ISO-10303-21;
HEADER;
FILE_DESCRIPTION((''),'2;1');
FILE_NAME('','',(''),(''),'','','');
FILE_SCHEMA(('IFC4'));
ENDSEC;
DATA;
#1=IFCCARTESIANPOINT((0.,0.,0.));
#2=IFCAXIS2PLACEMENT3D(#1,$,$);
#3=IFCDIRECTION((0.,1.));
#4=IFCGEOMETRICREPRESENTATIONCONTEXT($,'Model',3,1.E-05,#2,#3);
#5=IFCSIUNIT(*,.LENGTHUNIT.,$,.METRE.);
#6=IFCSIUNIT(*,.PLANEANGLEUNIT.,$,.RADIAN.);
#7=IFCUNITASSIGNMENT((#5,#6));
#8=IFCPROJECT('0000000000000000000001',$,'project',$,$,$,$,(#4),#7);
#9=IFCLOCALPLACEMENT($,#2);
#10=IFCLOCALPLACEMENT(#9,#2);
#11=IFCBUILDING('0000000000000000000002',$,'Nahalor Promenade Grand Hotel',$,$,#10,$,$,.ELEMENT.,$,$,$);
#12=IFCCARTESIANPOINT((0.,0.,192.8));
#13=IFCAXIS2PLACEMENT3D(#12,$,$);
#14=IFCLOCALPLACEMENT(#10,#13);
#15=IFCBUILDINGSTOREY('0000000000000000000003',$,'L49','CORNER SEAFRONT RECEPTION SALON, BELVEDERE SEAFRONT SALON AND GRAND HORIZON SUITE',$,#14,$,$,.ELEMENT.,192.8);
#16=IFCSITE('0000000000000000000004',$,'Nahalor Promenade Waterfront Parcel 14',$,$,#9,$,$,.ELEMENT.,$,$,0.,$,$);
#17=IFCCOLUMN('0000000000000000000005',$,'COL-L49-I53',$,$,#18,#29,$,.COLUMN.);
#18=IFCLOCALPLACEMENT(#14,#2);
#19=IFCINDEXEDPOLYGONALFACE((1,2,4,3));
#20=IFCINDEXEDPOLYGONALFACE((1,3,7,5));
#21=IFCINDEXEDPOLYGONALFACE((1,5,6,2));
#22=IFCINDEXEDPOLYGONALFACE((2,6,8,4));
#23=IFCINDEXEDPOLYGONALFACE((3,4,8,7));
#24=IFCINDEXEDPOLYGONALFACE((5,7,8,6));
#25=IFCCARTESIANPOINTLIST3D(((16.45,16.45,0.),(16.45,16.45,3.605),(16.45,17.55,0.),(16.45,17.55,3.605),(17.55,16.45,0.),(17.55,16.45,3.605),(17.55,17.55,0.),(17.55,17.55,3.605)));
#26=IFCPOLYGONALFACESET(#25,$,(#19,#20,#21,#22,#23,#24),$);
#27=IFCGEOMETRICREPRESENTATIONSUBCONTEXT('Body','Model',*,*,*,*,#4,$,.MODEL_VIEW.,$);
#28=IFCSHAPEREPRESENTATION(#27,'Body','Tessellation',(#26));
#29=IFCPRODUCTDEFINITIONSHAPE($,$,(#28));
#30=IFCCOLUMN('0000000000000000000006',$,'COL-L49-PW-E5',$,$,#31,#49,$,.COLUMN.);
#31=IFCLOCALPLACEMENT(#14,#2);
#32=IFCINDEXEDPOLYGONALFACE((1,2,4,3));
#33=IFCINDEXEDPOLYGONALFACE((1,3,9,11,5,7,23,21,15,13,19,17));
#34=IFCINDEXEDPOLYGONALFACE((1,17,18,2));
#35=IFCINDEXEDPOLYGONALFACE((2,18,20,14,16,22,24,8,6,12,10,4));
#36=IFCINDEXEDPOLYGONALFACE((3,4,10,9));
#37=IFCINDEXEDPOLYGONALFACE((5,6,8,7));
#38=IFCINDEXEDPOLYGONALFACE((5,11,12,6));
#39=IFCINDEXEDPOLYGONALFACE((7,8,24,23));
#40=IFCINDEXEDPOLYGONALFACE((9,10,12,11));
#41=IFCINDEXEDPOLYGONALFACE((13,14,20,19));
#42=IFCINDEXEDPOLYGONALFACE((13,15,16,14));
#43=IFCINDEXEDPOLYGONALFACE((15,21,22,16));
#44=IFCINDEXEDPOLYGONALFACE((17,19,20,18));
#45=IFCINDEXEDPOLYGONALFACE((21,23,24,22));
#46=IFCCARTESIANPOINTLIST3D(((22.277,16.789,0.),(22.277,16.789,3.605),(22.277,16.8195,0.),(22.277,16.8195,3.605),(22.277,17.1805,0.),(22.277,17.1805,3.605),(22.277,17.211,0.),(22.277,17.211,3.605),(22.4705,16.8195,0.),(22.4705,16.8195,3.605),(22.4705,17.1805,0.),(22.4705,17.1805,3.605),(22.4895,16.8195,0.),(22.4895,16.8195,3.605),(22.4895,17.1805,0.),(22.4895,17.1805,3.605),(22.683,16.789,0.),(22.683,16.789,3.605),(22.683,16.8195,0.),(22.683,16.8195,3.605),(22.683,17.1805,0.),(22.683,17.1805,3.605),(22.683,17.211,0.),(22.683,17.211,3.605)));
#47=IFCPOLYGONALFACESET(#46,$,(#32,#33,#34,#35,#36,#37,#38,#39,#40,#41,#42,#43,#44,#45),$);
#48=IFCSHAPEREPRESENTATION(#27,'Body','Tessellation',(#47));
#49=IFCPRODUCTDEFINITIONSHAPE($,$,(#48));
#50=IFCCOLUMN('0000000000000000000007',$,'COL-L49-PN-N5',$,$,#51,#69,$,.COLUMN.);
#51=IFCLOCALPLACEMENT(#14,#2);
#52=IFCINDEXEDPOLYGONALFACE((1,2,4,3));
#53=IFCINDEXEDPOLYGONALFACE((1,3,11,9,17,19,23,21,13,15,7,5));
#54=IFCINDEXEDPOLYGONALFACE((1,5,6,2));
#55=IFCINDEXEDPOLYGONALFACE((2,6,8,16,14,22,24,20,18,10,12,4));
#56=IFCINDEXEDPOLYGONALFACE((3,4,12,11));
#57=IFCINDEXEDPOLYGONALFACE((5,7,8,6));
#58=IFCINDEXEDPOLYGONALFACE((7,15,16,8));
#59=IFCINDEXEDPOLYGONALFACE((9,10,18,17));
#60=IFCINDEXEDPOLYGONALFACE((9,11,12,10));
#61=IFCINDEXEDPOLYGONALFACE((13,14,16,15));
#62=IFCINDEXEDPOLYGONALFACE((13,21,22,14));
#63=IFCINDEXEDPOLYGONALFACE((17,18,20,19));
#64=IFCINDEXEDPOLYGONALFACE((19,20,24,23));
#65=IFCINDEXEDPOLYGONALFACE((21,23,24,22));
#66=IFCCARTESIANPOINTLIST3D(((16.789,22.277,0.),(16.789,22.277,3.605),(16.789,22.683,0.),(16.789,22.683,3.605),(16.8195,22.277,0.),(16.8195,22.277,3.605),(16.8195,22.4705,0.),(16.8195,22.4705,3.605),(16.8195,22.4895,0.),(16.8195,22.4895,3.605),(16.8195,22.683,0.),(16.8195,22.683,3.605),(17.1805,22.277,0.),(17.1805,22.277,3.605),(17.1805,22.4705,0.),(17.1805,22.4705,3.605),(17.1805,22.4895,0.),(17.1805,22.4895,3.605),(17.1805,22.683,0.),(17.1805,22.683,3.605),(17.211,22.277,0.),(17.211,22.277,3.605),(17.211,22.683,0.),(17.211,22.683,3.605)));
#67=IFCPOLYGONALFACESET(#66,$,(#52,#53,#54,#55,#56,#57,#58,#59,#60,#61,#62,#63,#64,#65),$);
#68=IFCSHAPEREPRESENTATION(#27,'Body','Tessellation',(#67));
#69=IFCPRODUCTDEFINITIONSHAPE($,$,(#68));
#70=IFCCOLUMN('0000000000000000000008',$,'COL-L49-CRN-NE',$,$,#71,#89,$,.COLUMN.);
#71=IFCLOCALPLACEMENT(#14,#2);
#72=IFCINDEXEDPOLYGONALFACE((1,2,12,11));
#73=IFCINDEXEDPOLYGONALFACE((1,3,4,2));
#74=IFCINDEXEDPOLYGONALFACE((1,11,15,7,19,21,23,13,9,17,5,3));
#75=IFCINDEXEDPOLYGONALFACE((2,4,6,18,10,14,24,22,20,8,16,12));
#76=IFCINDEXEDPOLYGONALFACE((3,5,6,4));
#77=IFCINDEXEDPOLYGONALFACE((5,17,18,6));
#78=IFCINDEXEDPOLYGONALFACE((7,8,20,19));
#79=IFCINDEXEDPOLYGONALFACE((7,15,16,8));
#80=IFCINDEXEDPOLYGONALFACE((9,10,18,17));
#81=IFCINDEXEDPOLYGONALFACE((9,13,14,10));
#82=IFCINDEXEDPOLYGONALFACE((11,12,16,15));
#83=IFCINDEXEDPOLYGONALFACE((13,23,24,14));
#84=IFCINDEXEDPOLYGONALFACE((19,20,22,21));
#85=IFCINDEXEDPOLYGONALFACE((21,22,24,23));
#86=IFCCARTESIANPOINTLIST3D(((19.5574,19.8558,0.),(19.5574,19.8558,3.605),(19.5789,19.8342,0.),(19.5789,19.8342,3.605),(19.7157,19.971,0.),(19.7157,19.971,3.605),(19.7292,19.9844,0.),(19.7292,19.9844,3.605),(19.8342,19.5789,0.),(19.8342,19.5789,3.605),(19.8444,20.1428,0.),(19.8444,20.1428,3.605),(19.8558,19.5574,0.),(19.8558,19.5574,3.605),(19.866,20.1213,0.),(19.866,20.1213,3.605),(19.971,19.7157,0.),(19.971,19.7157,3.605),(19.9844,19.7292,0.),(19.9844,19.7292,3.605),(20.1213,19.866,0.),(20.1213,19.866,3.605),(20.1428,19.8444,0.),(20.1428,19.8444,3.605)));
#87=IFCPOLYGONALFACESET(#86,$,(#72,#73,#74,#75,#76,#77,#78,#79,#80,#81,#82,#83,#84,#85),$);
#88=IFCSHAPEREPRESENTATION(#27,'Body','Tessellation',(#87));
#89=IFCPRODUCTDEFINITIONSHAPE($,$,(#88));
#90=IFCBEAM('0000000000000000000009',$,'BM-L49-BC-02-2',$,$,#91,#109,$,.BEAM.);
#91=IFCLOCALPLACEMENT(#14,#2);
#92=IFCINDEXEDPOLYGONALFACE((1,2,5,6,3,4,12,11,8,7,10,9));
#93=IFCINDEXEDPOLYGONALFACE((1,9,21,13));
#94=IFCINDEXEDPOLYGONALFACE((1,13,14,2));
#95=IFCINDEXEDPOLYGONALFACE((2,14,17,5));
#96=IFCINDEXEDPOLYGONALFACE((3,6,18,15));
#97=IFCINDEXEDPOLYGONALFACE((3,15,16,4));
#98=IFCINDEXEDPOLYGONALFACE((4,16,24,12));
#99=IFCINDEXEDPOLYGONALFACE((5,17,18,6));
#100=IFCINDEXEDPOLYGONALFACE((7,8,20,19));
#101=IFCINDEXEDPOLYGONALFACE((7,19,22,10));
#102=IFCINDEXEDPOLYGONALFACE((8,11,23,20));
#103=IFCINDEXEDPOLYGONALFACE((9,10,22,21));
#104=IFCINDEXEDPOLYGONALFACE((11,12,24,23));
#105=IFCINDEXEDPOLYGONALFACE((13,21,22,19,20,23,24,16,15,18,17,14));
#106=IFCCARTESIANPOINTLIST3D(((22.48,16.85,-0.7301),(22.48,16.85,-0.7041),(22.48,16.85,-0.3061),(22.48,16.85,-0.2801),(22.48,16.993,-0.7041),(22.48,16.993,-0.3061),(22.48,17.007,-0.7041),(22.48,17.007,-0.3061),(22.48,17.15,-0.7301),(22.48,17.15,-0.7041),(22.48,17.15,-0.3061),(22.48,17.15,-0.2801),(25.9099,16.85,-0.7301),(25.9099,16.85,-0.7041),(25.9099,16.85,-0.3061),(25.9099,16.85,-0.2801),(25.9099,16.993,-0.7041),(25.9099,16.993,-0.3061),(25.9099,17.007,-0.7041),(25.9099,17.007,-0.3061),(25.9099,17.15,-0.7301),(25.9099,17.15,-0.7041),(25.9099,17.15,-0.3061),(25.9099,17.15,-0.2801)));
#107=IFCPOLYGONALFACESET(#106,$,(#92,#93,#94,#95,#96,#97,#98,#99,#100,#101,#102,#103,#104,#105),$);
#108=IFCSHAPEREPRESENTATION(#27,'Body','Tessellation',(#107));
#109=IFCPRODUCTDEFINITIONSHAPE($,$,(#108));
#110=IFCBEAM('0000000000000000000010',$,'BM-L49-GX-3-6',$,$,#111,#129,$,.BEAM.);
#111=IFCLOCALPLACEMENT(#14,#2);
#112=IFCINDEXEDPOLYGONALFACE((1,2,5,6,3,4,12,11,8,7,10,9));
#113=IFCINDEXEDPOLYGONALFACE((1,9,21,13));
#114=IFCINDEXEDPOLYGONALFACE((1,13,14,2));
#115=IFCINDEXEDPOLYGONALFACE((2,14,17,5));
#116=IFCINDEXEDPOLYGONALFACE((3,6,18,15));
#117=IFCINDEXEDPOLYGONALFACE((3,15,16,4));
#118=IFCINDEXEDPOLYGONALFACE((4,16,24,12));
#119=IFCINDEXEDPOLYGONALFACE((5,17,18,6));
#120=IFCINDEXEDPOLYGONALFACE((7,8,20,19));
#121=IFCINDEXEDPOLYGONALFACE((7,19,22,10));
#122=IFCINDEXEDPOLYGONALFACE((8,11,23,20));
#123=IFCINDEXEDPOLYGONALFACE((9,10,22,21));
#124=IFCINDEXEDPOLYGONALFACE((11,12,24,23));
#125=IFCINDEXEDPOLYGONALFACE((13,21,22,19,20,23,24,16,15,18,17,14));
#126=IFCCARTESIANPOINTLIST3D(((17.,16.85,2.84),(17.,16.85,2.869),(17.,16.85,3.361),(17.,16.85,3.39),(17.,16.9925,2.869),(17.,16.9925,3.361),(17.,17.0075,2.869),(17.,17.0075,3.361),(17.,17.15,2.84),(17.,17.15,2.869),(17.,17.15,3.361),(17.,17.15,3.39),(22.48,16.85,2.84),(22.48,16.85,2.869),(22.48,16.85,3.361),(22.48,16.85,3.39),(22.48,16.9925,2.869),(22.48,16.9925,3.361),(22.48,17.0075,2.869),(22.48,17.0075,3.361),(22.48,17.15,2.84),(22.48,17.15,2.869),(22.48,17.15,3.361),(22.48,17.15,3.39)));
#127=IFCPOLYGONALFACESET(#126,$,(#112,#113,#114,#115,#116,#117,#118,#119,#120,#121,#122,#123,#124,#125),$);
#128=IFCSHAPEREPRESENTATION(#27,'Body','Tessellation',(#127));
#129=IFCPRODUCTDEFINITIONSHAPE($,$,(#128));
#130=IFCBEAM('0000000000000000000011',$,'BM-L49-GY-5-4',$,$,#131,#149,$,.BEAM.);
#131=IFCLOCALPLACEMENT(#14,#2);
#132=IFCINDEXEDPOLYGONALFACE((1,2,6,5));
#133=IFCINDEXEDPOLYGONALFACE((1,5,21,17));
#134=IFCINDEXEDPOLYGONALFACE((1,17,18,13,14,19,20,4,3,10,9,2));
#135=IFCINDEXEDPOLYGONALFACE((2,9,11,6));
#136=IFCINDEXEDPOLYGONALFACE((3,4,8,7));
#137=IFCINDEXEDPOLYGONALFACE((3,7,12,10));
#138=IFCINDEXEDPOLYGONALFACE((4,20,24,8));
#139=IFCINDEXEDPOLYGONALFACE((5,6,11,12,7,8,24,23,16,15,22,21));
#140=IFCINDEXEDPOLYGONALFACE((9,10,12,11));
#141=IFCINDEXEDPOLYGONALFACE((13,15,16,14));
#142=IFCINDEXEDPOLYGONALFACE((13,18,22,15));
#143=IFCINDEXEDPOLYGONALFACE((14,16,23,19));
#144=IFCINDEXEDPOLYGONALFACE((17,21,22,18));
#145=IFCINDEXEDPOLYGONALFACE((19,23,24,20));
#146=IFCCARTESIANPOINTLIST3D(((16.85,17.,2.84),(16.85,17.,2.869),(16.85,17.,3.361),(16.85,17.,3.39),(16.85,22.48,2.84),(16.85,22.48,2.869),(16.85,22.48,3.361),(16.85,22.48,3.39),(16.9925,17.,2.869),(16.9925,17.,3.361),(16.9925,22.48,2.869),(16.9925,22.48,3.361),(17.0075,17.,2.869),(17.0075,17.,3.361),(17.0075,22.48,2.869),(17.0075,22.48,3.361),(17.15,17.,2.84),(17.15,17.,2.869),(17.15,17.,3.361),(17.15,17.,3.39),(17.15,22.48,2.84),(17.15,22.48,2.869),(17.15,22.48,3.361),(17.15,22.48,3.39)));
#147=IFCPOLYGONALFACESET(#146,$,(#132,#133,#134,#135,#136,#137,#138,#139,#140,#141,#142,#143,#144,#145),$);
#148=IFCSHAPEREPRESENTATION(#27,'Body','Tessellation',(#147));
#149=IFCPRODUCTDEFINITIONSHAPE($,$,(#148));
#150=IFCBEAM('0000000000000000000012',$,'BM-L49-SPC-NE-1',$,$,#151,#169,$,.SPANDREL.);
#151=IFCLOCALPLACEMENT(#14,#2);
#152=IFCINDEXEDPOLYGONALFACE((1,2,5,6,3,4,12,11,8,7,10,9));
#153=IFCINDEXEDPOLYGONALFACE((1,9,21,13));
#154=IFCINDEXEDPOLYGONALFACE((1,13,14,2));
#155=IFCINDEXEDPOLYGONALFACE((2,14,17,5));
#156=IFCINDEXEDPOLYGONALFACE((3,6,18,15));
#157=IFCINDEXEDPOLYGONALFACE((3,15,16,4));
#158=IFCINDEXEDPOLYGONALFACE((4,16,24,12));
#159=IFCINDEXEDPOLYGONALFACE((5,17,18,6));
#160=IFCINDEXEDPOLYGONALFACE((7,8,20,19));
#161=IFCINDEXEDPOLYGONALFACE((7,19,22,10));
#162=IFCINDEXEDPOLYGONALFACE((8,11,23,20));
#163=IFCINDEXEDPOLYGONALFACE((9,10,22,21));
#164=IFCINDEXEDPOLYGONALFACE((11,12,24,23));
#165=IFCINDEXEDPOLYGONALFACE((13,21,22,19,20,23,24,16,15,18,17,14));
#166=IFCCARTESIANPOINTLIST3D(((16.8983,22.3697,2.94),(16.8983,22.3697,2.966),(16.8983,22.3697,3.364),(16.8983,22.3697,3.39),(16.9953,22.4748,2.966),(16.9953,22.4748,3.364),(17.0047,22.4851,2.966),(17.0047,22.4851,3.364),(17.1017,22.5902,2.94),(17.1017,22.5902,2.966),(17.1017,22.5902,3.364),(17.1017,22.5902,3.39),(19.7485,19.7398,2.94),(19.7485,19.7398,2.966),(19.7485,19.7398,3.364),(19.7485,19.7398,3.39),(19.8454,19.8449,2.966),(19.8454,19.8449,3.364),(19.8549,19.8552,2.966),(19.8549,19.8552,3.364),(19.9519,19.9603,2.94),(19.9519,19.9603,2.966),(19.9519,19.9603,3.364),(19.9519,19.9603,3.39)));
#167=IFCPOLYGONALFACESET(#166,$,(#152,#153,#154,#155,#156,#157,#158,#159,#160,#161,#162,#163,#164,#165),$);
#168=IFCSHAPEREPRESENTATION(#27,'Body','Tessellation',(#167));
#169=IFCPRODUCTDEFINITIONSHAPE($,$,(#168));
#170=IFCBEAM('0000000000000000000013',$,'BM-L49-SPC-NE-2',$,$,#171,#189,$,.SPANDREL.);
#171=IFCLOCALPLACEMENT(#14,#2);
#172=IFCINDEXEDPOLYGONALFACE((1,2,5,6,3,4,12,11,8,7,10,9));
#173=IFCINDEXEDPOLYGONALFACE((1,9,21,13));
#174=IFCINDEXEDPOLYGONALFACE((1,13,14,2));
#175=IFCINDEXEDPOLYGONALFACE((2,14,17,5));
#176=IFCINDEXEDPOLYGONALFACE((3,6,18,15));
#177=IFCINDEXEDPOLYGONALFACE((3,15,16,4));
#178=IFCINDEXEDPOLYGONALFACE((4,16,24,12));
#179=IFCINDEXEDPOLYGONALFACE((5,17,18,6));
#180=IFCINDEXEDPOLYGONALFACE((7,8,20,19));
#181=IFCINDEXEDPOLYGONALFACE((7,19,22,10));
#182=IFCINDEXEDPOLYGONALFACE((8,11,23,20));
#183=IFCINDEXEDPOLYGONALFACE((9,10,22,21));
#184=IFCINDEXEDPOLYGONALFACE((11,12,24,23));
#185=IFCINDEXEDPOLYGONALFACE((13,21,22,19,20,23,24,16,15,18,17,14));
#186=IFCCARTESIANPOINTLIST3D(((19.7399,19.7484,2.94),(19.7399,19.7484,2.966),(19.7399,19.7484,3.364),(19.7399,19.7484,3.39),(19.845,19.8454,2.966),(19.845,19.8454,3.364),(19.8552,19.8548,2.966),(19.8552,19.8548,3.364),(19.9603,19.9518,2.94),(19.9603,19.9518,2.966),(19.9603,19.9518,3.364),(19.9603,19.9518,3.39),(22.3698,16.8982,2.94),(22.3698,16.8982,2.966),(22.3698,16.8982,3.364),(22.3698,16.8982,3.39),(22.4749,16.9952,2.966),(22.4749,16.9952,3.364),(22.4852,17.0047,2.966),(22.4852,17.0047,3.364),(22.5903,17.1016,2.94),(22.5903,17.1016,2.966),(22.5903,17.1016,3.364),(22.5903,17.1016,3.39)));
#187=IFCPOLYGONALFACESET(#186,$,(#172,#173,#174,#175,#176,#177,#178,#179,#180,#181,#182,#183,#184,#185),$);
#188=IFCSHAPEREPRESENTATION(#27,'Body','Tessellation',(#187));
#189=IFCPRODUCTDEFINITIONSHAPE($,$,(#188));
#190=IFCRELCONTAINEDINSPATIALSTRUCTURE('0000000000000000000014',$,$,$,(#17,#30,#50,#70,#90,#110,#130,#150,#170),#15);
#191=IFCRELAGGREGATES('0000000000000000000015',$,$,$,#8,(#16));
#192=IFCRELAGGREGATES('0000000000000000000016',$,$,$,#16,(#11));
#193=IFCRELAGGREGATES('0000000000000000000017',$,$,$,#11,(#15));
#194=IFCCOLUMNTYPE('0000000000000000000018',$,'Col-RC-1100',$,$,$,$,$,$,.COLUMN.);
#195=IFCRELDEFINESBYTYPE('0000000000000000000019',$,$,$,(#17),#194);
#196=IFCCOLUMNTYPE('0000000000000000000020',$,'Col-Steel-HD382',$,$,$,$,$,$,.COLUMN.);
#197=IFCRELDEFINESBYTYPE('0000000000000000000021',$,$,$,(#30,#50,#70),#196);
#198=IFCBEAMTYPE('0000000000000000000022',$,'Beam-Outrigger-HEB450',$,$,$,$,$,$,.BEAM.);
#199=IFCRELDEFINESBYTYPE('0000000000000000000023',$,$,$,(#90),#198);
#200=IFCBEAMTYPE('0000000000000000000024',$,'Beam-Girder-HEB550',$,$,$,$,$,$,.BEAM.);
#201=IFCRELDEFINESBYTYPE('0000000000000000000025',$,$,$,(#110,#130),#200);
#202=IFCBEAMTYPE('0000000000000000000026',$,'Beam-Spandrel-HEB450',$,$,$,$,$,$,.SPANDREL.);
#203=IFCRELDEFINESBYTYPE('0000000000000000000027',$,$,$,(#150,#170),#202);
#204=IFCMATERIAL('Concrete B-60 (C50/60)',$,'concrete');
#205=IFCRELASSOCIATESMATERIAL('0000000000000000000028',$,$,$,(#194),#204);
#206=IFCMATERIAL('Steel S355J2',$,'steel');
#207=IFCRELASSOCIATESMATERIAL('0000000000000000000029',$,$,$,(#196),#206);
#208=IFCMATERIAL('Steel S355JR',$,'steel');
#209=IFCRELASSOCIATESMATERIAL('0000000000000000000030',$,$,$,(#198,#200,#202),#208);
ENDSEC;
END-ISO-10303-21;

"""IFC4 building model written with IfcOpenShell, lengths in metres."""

from ifc_helpers import new_model, si_unit, direction, frame, origin, origin_2d, place, context, subcontext, project, spatial, rectangle, i_section, extrude, source, transform, mapped, material, material_profile, profile_set, type_object, element, save


model = new_model("IFC4")

# Units and contexts
model_context = context("Model", 3, precision=1e-05, world=origin(), true_north=direction((0.0, 1.0)))
body_context = subcontext(model_context, "Body", "Model", "MODEL_VIEW")
ifc_project = project(units=[si_unit("LENGTHUNIT", "METRE"), si_unit("PLANEANGLEUNIT", "RADIAN")], contexts=[model_context])

# Site, building, storey
site_placement = place(None, origin())
site = spatial("IfcSite", under=ifc_project, at=site_placement, Name="Nahalor Promenade Waterfront Parcel 14", CompositionType="ELEMENT", RefElevation=0.0)
building_placement = place(site_placement, origin())
building = spatial("IfcBuilding", under=site, at=building_placement, Name="Nahalor Promenade Grand Hotel", CompositionType="ELEMENT")
storey_placement = place(building_placement, frame((0.0, 0.0, 192.8)))
storey = spatial("IfcBuildingStorey", under=building, at=storey_placement, Name="L49", Description="CORNER SEAFRONT RECEPTION SALON, BELVEDERE SEAFRONT SALON AND GRAND HORIZON SUITE", CompositionType="ELEMENT", Elevation=192.8)

# Columns
ifc_material_1 = material(Name="Concrete B-60 (C50/60)", Category="concrete")
ifc_material_profile_1 = material_profile(ifc_material_1, rectangle(XDim=1.1, YDim=1.1, at=origin_2d()), Name="RC 1100x1100")
ifc_profile_set_1 = profile_set([ifc_material_profile_1], Name="Concrete B-60 (C50/60)")
column_type_1 = type_object("IfcColumnType", Name="Col-RC-1100", PredefinedType="COLUMN", material=ifc_profile_set_1)
shared_shape_1 = source(origin(), body_context, "Body", "SweptSolid", [
    extrude(rectangle(XDim=1.1, YDim=1.1, at=origin_2d()), origin(), (0.0, 0.0, 1.0), 3.605),
])
column_placement = place(storey_placement, frame((17.0, 17.0, 0.0), z_axis=(0.0, 0.0, 1.0), x_axis=(1.0, 0.0, 0.0)))
element("IfcColumn", 1, at=column_placement, inside=storey, type_object=column_type_1, Name="COL-L49-I53", PredefinedType="COLUMN", context=body_context, shape_type="MappedRepresentation", body=[
    mapped(shared_shape_1, transform((0.0, 0.0, 0.0), scale=1.0)),
])
ifc_material_2 = material(Name="Steel S355J2", Category="steel")
ifc_material_profile_2 = material_profile(ifc_material_2, i_section(OverallWidth=0.406, OverallDepth=0.422, WebThickness=0.019, FlangeThickness=0.0305, at=origin_2d()), Name="HD 400x382")
ifc_profile_set_2 = profile_set([ifc_material_profile_2], Name="Steel S355J2")
column_type_2 = type_object("IfcColumnType", Name="Col-Steel-HD382", PredefinedType="COLUMN", material=ifc_profile_set_2)
shared_shape_2 = source(origin(), body_context, "Body", "SweptSolid", [
    extrude(i_section(OverallWidth=0.406, OverallDepth=0.422, WebThickness=0.019, FlangeThickness=0.0305, at=origin_2d()), origin(), (0.0, 0.0, 1.0), 3.605),
])
for number, where, z_axis, x_axis, name in (
    (2, (22.48, 17.0, 0.0), (0.0, 0.0, 1.0), (1.0, 0.0, 0.0), "COL-L49-PW-E5"),
    (3, (17.0, 22.48, 0.0), (0.0, 0.0, 1.0), (0.0, 1.0, 0.0), "COL-L49-PN-N5"),
    (4, (19.8501, 19.8501, 0.0), (0.0, 0.0, 1.0), (0.707107, 0.707107, 0.0), "COL-L49-CRN-NE"),
):
    element("IfcColumn", number, at=place(storey_placement, frame(where, z_axis=z_axis, x_axis=x_axis)), inside=storey, type_object=column_type_2, Name=name, PredefinedType="COLUMN", context=body_context, shape_type="MappedRepresentation", body=[
        mapped(shared_shape_2, transform((0.0, 0.0, 0.0), scale=1.0)),
    ])

# Beams
ifc_material_3 = material(Name="Steel S355JR", Category="steel")
ifc_material_profile_3 = material_profile(ifc_material_3, i_section(OverallWidth=0.3, OverallDepth=0.45, WebThickness=0.014, FlangeThickness=0.026, at=origin_2d()), Name="HEB 450")
ifc_profile_set_3 = profile_set([ifc_material_profile_3], Name="Steel S355JR")
beam_type_1 = type_object("IfcBeamType", Name="Beam-Outrigger-HEB450", PredefinedType="BEAM", material=ifc_profile_set_3)
shared_shape_3 = source(origin(), body_context, "Body", "SweptSolid", [
    extrude(i_section(OverallWidth=0.3, OverallDepth=0.45, WebThickness=0.014, FlangeThickness=0.026, at=origin_2d()), origin(), (0.0, 0.0, 1.0), 3.4299),
])
beam_placement = place(storey_placement, frame((22.48, 17.0, -0.5051), z_axis=(1.0, 0.0, 0.0), x_axis=(0.0, 1.0, 0.0)))
element("IfcBeam", 5, at=beam_placement, inside=storey, type_object=beam_type_1, Name="BM-L49-BC-02-2", PredefinedType="BEAM", context=body_context, shape_type="MappedRepresentation", body=[
    mapped(shared_shape_3, transform((0.0, 0.0, 0.0), scale=1.0)),
])
ifc_material_profile_4 = material_profile(ifc_material_3, i_section(OverallWidth=0.3, OverallDepth=0.55, WebThickness=0.015, FlangeThickness=0.029, at=origin_2d()), Name="HEB 550")
ifc_profile_set_4 = profile_set([ifc_material_profile_4], Name="Steel S355JR")
beam_type_2 = type_object("IfcBeamType", Name="Beam-Girder-HEB550", PredefinedType="BEAM", material=ifc_profile_set_4)
shared_shape_4 = source(origin(), body_context, "Body", "SweptSolid", [
    extrude(i_section(OverallWidth=0.3, OverallDepth=0.55, WebThickness=0.015, FlangeThickness=0.029, at=origin_2d()), origin(), (0.0, 0.0, 1.0), 5.48),
])
for number, where, z_axis, x_axis, name in (
    (6, (17.0, 17.0, 3.115), (1.0, 0.0, 0.0), (0.0, 1.0, 0.0), "BM-L49-GX-3-6"),
    (7, (17.0, 17.0, 3.115), (0.0, 1.0, 0.0), (-1.0, 0.0, 0.0), "BM-L49-GY-5-4"),
):
    element("IfcBeam", number, at=place(storey_placement, frame(where, z_axis=z_axis, x_axis=x_axis)), inside=storey, type_object=beam_type_2, Name=name, PredefinedType="BEAM", context=body_context, shape_type="MappedRepresentation", body=[
        mapped(shared_shape_4, transform((0.0, 0.0, 0.0), scale=1.0)),
    ])
ifc_material_profile_5 = material_profile(ifc_material_3, i_section(OverallWidth=0.3, OverallDepth=0.45, WebThickness=0.014, FlangeThickness=0.026, at=origin_2d()), Name="HEB 450")
ifc_profile_set_5 = profile_set([ifc_material_profile_5], Name="Steel S355JR")
beam_type_3 = type_object("IfcBeamType", Name="Beam-Spandrel-HEB450", PredefinedType="SPANDREL", material=ifc_profile_set_5)
shared_shape_5 = source(origin(), body_context, "Body", "SweptSolid", [
    extrude(i_section(OverallWidth=0.3, OverallDepth=0.45, WebThickness=0.014, FlangeThickness=0.026, at=origin_2d()), origin(), (0.0, 0.0, 1.0), 3.8782),
])
for number, where, z_axis, x_axis, name in (
    (8, (17.0, 22.48, 3.165), (0.734929, -0.678144, 0.0), (0.678144, 0.734929, 0.0), "BM-L49-SPC-NE-1"),
    (9, (19.8501, 19.8501, 3.165), (0.678144, -0.734929, 0.0), (0.734929, 0.678144, 0.0), "BM-L49-SPC-NE-2"),
):
    element("IfcBeam", number, at=place(storey_placement, frame(where, z_axis=z_axis, x_axis=x_axis)), inside=storey, type_object=beam_type_3, Name=name, PredefinedType="SPANDREL", context=body_context, shape_type="MappedRepresentation", body=[
        mapped(shared_shape_5, transform((0.0, 0.0, 0.0), scale=1.0)),
    ])

save(model, "model.ifc")
